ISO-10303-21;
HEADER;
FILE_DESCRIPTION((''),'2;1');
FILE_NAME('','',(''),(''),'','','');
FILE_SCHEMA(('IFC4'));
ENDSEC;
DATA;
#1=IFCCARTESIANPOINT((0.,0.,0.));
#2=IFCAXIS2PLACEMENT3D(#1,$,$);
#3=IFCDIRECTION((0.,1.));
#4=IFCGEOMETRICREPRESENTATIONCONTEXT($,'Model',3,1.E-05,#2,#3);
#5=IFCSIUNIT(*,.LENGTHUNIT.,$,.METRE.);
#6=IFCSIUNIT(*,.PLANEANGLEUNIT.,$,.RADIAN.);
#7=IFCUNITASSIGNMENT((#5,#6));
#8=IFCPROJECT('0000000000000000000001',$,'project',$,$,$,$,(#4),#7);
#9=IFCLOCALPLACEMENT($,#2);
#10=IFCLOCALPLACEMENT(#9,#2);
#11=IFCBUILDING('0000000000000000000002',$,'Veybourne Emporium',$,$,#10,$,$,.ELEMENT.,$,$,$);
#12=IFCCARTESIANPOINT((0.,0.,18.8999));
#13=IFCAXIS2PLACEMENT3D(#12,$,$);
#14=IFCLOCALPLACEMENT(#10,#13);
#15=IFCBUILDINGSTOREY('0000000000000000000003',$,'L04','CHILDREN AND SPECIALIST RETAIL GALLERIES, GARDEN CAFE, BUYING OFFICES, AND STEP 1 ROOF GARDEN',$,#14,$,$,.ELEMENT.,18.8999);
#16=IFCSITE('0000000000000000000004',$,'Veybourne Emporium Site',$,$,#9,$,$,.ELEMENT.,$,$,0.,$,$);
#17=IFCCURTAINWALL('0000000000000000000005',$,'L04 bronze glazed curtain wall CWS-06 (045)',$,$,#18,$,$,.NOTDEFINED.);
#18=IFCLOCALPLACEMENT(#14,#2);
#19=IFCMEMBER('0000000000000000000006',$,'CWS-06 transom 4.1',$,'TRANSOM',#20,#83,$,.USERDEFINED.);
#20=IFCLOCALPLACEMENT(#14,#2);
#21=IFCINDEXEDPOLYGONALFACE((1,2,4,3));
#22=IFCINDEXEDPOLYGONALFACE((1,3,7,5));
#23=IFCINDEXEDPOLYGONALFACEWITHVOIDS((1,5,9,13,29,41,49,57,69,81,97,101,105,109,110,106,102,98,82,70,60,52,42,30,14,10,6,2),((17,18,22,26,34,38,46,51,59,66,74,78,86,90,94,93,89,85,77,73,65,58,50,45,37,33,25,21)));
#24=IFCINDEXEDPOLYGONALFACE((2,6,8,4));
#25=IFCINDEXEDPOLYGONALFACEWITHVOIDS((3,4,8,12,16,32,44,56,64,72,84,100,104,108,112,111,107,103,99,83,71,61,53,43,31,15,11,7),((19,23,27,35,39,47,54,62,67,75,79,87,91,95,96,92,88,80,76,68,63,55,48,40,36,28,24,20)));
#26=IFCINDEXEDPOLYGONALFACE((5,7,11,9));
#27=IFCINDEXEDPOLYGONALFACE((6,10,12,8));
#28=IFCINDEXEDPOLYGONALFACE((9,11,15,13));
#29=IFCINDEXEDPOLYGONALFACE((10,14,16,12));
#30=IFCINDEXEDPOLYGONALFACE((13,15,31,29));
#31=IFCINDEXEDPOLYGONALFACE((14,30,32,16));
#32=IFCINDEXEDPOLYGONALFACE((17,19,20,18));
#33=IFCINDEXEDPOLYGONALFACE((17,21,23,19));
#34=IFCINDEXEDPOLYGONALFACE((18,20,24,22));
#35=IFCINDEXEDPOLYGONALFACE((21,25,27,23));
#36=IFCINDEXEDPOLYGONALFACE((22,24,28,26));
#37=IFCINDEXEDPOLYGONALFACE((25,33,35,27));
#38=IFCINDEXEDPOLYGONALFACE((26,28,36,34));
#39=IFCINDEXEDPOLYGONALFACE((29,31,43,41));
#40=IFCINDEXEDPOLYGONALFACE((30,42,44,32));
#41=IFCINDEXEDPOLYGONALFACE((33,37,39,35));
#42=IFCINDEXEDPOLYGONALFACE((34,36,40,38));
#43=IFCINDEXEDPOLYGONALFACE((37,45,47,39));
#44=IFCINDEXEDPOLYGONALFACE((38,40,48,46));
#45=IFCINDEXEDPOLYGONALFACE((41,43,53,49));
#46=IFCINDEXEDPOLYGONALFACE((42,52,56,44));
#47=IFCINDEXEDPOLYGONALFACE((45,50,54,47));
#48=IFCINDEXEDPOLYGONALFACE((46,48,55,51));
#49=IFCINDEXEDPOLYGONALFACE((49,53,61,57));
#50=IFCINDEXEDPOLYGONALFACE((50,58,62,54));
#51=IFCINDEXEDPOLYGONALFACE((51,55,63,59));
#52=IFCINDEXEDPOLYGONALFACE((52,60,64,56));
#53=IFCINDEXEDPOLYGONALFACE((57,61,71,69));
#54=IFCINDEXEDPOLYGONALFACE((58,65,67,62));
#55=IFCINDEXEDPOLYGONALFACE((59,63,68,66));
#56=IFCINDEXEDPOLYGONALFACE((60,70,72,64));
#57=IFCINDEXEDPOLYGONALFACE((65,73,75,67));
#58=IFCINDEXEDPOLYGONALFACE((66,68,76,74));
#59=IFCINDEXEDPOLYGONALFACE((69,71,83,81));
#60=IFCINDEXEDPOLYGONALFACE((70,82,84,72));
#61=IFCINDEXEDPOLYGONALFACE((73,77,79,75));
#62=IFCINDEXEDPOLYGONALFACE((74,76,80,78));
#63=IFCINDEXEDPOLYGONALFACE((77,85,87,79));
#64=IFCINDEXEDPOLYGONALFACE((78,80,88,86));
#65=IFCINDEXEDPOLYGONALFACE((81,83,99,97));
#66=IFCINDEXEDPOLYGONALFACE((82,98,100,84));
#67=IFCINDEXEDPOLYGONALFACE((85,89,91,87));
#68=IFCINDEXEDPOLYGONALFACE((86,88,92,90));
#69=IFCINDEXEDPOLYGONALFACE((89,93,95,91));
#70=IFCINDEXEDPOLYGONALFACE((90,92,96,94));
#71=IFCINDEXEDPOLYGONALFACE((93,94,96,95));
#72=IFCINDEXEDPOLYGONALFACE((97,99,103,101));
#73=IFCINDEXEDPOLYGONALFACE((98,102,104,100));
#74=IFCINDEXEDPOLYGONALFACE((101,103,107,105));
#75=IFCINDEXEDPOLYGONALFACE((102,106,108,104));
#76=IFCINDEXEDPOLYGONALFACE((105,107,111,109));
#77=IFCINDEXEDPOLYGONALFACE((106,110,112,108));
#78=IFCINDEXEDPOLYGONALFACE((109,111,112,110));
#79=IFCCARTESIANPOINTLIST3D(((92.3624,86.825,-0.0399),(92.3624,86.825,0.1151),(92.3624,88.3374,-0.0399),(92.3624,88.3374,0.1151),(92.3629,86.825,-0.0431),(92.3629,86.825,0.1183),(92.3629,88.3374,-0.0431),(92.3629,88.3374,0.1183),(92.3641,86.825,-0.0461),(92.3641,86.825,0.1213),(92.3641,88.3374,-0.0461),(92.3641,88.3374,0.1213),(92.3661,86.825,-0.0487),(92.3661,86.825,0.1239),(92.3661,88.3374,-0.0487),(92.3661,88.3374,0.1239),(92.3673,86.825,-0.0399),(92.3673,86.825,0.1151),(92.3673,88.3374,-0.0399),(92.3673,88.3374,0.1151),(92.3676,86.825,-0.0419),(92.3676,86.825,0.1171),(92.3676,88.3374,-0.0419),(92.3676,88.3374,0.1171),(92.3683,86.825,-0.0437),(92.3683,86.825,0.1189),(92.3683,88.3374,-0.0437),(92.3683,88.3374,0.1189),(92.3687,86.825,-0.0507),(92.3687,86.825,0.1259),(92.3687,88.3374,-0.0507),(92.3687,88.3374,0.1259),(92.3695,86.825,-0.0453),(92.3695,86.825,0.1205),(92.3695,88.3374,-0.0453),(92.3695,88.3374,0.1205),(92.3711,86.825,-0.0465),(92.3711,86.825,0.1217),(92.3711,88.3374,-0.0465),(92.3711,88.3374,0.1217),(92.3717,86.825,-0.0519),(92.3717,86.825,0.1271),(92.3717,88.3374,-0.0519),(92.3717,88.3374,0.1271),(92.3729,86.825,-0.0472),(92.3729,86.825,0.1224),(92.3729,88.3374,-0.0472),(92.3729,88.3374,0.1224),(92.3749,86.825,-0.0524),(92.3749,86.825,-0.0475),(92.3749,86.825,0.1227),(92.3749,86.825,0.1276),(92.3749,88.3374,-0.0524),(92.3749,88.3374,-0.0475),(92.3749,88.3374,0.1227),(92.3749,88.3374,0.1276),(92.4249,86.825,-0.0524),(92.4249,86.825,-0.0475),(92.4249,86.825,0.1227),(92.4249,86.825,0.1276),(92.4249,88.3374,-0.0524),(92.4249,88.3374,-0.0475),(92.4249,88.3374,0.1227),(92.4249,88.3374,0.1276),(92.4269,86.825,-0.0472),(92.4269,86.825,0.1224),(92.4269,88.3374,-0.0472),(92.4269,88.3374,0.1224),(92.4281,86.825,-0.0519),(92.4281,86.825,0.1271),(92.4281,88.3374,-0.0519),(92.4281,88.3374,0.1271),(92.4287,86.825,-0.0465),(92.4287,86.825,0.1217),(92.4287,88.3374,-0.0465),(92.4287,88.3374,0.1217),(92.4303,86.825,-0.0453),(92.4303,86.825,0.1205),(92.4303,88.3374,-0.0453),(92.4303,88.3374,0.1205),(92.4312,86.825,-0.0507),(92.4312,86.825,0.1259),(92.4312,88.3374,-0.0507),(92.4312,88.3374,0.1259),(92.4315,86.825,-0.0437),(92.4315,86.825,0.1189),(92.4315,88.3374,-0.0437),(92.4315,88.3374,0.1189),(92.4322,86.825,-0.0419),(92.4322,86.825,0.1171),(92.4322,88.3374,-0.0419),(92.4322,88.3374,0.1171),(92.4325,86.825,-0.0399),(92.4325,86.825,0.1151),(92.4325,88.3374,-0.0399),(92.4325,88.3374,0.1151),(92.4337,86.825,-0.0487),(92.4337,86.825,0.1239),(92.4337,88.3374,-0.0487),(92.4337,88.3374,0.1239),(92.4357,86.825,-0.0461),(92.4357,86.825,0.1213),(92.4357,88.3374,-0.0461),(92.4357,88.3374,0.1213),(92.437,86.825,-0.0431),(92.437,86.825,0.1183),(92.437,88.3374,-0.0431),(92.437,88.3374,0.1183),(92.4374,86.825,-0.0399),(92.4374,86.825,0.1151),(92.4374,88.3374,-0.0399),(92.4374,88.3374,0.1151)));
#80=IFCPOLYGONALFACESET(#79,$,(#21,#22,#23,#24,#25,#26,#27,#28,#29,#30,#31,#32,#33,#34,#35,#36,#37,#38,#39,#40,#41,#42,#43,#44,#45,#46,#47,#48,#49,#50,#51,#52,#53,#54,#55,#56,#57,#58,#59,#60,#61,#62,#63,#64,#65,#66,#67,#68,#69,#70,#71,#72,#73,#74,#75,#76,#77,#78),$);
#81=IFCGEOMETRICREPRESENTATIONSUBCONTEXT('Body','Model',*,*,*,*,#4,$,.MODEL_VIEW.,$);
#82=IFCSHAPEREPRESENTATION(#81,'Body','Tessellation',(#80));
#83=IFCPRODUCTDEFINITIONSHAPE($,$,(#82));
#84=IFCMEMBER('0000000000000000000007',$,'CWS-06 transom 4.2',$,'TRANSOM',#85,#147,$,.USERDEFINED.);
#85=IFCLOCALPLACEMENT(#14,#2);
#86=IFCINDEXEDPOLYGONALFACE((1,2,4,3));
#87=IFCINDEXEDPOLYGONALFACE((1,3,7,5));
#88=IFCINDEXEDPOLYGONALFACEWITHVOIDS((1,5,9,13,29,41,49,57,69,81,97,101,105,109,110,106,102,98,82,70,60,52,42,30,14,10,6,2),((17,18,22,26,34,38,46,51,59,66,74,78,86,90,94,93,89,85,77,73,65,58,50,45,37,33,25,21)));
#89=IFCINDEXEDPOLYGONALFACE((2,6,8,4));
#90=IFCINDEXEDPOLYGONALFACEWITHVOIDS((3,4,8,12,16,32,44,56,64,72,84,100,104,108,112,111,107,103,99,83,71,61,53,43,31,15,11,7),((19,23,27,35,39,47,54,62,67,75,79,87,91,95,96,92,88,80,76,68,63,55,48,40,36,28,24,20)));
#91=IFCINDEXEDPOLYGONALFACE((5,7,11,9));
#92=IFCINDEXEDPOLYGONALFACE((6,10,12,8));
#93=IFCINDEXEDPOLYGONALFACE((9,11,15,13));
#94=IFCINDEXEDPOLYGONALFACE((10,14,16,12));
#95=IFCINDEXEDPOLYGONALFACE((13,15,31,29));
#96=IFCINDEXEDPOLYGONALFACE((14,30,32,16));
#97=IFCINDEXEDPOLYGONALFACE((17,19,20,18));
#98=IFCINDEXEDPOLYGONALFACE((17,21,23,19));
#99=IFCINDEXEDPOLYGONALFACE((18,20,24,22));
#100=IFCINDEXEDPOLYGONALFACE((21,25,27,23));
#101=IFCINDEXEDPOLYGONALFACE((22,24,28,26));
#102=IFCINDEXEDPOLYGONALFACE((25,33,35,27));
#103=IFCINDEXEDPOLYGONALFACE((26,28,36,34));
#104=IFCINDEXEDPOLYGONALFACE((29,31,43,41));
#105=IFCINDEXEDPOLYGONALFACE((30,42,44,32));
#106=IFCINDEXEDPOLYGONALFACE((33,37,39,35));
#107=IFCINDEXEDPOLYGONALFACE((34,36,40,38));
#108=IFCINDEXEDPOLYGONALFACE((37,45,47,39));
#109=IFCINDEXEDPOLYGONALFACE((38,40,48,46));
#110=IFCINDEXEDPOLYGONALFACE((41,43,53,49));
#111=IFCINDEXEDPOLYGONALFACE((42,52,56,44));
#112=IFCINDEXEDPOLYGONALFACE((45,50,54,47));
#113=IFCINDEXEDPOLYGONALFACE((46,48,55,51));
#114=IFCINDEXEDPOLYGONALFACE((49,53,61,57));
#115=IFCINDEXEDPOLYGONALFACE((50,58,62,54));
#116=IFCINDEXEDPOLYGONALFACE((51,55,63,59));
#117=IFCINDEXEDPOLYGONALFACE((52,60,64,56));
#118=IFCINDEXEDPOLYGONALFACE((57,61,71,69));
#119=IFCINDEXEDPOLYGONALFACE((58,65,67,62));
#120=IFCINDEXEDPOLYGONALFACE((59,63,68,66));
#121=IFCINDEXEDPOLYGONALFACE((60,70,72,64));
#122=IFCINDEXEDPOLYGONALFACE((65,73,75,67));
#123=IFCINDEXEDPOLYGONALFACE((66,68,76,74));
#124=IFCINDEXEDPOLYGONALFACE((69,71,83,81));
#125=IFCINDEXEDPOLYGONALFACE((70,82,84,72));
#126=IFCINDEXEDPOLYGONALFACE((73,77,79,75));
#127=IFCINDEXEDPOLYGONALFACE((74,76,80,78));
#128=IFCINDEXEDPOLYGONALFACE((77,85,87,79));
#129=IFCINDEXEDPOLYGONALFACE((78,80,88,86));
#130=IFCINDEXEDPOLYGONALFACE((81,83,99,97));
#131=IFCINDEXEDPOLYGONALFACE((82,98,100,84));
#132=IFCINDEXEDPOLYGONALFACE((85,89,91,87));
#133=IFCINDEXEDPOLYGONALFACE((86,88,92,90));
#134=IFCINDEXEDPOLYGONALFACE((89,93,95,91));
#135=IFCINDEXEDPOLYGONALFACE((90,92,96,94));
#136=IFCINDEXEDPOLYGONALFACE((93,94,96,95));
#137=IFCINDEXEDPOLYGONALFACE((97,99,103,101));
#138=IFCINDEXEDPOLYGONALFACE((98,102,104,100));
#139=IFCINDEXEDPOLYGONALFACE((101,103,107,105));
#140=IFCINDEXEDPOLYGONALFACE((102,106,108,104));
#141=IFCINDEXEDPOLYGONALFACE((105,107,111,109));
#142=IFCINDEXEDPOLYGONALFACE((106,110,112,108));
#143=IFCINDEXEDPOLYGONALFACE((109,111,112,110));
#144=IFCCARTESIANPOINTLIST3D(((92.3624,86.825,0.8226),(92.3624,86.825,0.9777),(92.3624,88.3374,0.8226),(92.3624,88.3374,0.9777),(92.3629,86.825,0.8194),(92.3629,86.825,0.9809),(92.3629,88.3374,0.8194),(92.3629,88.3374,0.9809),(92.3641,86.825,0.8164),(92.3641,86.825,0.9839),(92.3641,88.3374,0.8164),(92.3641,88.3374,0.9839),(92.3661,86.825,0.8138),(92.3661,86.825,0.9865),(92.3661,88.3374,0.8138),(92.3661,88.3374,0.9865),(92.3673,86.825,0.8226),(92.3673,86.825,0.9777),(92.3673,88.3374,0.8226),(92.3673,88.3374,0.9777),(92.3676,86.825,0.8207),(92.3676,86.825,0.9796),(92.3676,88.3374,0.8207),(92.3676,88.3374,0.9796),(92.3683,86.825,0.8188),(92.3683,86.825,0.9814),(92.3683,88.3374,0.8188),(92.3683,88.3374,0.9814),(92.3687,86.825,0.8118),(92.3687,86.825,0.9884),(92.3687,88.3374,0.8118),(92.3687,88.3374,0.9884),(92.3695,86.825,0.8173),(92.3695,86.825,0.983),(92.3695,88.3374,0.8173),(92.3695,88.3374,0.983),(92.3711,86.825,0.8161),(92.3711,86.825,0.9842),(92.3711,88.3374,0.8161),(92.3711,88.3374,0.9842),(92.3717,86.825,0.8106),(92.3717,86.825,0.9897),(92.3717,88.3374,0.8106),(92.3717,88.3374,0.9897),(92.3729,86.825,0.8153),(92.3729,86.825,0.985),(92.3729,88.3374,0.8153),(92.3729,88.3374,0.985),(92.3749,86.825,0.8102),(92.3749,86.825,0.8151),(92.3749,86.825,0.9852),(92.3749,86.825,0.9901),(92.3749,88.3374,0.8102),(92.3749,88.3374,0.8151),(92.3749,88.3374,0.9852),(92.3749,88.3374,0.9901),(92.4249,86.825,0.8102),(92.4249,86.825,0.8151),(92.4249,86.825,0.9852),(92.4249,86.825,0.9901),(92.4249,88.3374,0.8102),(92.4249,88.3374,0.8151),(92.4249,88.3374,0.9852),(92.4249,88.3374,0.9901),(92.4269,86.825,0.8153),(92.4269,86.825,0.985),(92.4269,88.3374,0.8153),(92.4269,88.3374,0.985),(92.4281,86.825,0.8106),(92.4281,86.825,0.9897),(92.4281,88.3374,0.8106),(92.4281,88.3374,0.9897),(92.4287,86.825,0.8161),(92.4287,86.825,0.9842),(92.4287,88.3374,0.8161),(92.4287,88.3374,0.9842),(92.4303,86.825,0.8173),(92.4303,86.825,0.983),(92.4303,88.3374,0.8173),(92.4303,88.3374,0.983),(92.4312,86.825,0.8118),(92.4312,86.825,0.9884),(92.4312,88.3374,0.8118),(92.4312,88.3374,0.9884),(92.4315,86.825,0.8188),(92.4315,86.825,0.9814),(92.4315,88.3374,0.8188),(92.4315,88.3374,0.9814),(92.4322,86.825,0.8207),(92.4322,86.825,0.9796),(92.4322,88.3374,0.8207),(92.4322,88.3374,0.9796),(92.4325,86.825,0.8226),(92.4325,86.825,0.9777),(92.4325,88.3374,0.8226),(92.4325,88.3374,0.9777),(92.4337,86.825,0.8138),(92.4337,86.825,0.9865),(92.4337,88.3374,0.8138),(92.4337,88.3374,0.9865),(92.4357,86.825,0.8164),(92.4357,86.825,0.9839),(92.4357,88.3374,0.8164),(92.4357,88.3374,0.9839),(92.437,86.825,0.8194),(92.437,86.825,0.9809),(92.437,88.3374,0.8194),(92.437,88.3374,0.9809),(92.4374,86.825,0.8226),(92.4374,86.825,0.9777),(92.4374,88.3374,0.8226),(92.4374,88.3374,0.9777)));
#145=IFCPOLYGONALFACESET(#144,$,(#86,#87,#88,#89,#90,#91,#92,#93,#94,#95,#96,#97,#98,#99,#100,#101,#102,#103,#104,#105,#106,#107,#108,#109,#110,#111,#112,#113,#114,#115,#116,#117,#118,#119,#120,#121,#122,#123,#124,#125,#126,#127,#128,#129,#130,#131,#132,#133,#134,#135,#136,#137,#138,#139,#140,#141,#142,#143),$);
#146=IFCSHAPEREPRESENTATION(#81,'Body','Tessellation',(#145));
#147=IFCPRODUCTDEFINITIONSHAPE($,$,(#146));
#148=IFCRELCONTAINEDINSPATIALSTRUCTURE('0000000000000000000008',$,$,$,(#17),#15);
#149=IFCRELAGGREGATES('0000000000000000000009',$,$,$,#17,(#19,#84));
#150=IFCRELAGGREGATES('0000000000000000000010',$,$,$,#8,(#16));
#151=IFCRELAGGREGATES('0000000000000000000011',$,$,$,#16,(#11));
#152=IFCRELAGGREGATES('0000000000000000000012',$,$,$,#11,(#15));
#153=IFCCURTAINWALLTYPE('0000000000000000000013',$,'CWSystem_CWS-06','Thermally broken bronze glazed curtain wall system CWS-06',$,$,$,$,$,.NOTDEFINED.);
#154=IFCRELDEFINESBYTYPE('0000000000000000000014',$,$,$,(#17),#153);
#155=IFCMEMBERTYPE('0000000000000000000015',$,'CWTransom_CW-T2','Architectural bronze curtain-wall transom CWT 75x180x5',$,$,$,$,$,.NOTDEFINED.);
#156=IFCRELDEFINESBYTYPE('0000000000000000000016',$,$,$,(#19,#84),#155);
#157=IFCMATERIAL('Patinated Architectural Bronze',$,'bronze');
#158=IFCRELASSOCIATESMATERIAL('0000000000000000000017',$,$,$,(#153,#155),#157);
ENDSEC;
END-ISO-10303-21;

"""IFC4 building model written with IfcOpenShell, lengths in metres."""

from ifc_helpers import new_model, si_unit, direction, frame, origin, origin_2d, place, context, subcontext, project, spatial, hollow_rectangle, extrude, material, material_profile, profile_set, type_object, element, aggregate, save


model = new_model("IFC4")

# Units and contexts
model_context = context("Model", 3, precision=1e-05, world=origin(), true_north=direction((0.0, 1.0)))
body_context = subcontext(model_context, "Body", "Model", "MODEL_VIEW")
ifc_project = project(units=[si_unit("LENGTHUNIT", "METRE"), si_unit("PLANEANGLEUNIT", "RADIAN")], contexts=[model_context])

# Site, building, storey
site_placement = place(None, origin())
site = spatial("IfcSite", under=ifc_project, at=site_placement, Name="Veybourne Emporium Site", CompositionType="ELEMENT", RefElevation=0.0)
building_placement = place(site_placement, origin())
building = spatial("IfcBuilding", under=site, at=building_placement, Name="Veybourne Emporium", CompositionType="ELEMENT")
storey_placement = place(building_placement, frame((0.0, 0.0, 18.8999)))
storey = spatial("IfcBuildingStorey", under=building, at=storey_placement, Name="L04", Description="CHILDREN AND SPECIALIST RETAIL GALLERIES, GARDEN CAFE, BUYING OFFICES, AND STEP 1 ROOF GARDEN", CompositionType="ELEMENT", Elevation=18.8999)

# Curtain wall
ifc_material_1 = material(Name="Patinated Architectural Bronze", Category="bronze")
curtain_wall_type_1 = type_object("IfcCurtainWallType", Name="CWSystem_CWS-06", Description="Thermally broken bronze glazed curtain wall system CWS-06", PredefinedType="NOTDEFINED", material=ifc_material_1)
curtain_wall_1_placement = place(storey_placement, origin())
curtain_wall_1 = element("IfcCurtainWall", 1, at=curtain_wall_1_placement, inside=storey, type_object=curtain_wall_type_1, Name="L04 bronze glazed curtain wall CWS-06 (045)", PredefinedType="NOTDEFINED")

# Members
ifc_material_profile_1 = material_profile(ifc_material_1, hollow_rectangle(XDim=0.075, YDim=0.1799, WallThickness=0.0049, InnerFilletRadius=0.0076, OuterFilletRadius=0.0125, at=origin_2d()), Name="CWT 75x180x5")
ifc_profile_set_1 = profile_set([ifc_material_profile_1], Name="Patinated Architectural Bronze")
member_type_1 = type_object("IfcMemberType", Name="CWTransom_CW-T2", Description="Architectural bronze curtain-wall transom CWT 75x180x5", PredefinedType="NOTDEFINED", material=ifc_profile_set_1)
member_1_placement = place(storey_placement, frame((92.3999, 88.3374, 0.0376), z_axis=(0.0, -1.0, 0.0), x_axis=(1.0, 0.0, 0.0)))
member_1 = element("IfcMember", 2, at=member_1_placement, type_object=member_type_1, Name="CWS-06 transom 4.1", ObjectType="TRANSOM", PredefinedType="USERDEFINED", context=body_context, shape_type="SweptSolid", body=[
    extrude(hollow_rectangle(XDim=0.075, YDim=0.1799, WallThickness=0.0049, InnerFilletRadius=0.0076, OuterFilletRadius=0.0125, at=origin_2d()), origin(), (0.0, 0.0, 1.0), 1.5125),
])
member_2_placement = place(storey_placement, frame((92.3999, 88.3374, 0.9001), z_axis=(0.0, -1.0, 0.0), x_axis=(1.0, 0.0, 0.0)))
member_2 = element("IfcMember", 3, at=member_2_placement, type_object=member_type_1, Name="CWS-06 transom 4.2", ObjectType="TRANSOM", PredefinedType="USERDEFINED", context=body_context, shape_type="SweptSolid", body=[
    extrude(hollow_rectangle(XDim=0.075, YDim=0.1799, WallThickness=0.0049, InnerFilletRadius=0.0076, OuterFilletRadius=0.0125, at=origin_2d()), origin(), (0.0, 0.0, 1.0), 1.5125),
])

aggregate(curtain_wall_1, [member_1, member_2])

save(model, "model.ifc")
